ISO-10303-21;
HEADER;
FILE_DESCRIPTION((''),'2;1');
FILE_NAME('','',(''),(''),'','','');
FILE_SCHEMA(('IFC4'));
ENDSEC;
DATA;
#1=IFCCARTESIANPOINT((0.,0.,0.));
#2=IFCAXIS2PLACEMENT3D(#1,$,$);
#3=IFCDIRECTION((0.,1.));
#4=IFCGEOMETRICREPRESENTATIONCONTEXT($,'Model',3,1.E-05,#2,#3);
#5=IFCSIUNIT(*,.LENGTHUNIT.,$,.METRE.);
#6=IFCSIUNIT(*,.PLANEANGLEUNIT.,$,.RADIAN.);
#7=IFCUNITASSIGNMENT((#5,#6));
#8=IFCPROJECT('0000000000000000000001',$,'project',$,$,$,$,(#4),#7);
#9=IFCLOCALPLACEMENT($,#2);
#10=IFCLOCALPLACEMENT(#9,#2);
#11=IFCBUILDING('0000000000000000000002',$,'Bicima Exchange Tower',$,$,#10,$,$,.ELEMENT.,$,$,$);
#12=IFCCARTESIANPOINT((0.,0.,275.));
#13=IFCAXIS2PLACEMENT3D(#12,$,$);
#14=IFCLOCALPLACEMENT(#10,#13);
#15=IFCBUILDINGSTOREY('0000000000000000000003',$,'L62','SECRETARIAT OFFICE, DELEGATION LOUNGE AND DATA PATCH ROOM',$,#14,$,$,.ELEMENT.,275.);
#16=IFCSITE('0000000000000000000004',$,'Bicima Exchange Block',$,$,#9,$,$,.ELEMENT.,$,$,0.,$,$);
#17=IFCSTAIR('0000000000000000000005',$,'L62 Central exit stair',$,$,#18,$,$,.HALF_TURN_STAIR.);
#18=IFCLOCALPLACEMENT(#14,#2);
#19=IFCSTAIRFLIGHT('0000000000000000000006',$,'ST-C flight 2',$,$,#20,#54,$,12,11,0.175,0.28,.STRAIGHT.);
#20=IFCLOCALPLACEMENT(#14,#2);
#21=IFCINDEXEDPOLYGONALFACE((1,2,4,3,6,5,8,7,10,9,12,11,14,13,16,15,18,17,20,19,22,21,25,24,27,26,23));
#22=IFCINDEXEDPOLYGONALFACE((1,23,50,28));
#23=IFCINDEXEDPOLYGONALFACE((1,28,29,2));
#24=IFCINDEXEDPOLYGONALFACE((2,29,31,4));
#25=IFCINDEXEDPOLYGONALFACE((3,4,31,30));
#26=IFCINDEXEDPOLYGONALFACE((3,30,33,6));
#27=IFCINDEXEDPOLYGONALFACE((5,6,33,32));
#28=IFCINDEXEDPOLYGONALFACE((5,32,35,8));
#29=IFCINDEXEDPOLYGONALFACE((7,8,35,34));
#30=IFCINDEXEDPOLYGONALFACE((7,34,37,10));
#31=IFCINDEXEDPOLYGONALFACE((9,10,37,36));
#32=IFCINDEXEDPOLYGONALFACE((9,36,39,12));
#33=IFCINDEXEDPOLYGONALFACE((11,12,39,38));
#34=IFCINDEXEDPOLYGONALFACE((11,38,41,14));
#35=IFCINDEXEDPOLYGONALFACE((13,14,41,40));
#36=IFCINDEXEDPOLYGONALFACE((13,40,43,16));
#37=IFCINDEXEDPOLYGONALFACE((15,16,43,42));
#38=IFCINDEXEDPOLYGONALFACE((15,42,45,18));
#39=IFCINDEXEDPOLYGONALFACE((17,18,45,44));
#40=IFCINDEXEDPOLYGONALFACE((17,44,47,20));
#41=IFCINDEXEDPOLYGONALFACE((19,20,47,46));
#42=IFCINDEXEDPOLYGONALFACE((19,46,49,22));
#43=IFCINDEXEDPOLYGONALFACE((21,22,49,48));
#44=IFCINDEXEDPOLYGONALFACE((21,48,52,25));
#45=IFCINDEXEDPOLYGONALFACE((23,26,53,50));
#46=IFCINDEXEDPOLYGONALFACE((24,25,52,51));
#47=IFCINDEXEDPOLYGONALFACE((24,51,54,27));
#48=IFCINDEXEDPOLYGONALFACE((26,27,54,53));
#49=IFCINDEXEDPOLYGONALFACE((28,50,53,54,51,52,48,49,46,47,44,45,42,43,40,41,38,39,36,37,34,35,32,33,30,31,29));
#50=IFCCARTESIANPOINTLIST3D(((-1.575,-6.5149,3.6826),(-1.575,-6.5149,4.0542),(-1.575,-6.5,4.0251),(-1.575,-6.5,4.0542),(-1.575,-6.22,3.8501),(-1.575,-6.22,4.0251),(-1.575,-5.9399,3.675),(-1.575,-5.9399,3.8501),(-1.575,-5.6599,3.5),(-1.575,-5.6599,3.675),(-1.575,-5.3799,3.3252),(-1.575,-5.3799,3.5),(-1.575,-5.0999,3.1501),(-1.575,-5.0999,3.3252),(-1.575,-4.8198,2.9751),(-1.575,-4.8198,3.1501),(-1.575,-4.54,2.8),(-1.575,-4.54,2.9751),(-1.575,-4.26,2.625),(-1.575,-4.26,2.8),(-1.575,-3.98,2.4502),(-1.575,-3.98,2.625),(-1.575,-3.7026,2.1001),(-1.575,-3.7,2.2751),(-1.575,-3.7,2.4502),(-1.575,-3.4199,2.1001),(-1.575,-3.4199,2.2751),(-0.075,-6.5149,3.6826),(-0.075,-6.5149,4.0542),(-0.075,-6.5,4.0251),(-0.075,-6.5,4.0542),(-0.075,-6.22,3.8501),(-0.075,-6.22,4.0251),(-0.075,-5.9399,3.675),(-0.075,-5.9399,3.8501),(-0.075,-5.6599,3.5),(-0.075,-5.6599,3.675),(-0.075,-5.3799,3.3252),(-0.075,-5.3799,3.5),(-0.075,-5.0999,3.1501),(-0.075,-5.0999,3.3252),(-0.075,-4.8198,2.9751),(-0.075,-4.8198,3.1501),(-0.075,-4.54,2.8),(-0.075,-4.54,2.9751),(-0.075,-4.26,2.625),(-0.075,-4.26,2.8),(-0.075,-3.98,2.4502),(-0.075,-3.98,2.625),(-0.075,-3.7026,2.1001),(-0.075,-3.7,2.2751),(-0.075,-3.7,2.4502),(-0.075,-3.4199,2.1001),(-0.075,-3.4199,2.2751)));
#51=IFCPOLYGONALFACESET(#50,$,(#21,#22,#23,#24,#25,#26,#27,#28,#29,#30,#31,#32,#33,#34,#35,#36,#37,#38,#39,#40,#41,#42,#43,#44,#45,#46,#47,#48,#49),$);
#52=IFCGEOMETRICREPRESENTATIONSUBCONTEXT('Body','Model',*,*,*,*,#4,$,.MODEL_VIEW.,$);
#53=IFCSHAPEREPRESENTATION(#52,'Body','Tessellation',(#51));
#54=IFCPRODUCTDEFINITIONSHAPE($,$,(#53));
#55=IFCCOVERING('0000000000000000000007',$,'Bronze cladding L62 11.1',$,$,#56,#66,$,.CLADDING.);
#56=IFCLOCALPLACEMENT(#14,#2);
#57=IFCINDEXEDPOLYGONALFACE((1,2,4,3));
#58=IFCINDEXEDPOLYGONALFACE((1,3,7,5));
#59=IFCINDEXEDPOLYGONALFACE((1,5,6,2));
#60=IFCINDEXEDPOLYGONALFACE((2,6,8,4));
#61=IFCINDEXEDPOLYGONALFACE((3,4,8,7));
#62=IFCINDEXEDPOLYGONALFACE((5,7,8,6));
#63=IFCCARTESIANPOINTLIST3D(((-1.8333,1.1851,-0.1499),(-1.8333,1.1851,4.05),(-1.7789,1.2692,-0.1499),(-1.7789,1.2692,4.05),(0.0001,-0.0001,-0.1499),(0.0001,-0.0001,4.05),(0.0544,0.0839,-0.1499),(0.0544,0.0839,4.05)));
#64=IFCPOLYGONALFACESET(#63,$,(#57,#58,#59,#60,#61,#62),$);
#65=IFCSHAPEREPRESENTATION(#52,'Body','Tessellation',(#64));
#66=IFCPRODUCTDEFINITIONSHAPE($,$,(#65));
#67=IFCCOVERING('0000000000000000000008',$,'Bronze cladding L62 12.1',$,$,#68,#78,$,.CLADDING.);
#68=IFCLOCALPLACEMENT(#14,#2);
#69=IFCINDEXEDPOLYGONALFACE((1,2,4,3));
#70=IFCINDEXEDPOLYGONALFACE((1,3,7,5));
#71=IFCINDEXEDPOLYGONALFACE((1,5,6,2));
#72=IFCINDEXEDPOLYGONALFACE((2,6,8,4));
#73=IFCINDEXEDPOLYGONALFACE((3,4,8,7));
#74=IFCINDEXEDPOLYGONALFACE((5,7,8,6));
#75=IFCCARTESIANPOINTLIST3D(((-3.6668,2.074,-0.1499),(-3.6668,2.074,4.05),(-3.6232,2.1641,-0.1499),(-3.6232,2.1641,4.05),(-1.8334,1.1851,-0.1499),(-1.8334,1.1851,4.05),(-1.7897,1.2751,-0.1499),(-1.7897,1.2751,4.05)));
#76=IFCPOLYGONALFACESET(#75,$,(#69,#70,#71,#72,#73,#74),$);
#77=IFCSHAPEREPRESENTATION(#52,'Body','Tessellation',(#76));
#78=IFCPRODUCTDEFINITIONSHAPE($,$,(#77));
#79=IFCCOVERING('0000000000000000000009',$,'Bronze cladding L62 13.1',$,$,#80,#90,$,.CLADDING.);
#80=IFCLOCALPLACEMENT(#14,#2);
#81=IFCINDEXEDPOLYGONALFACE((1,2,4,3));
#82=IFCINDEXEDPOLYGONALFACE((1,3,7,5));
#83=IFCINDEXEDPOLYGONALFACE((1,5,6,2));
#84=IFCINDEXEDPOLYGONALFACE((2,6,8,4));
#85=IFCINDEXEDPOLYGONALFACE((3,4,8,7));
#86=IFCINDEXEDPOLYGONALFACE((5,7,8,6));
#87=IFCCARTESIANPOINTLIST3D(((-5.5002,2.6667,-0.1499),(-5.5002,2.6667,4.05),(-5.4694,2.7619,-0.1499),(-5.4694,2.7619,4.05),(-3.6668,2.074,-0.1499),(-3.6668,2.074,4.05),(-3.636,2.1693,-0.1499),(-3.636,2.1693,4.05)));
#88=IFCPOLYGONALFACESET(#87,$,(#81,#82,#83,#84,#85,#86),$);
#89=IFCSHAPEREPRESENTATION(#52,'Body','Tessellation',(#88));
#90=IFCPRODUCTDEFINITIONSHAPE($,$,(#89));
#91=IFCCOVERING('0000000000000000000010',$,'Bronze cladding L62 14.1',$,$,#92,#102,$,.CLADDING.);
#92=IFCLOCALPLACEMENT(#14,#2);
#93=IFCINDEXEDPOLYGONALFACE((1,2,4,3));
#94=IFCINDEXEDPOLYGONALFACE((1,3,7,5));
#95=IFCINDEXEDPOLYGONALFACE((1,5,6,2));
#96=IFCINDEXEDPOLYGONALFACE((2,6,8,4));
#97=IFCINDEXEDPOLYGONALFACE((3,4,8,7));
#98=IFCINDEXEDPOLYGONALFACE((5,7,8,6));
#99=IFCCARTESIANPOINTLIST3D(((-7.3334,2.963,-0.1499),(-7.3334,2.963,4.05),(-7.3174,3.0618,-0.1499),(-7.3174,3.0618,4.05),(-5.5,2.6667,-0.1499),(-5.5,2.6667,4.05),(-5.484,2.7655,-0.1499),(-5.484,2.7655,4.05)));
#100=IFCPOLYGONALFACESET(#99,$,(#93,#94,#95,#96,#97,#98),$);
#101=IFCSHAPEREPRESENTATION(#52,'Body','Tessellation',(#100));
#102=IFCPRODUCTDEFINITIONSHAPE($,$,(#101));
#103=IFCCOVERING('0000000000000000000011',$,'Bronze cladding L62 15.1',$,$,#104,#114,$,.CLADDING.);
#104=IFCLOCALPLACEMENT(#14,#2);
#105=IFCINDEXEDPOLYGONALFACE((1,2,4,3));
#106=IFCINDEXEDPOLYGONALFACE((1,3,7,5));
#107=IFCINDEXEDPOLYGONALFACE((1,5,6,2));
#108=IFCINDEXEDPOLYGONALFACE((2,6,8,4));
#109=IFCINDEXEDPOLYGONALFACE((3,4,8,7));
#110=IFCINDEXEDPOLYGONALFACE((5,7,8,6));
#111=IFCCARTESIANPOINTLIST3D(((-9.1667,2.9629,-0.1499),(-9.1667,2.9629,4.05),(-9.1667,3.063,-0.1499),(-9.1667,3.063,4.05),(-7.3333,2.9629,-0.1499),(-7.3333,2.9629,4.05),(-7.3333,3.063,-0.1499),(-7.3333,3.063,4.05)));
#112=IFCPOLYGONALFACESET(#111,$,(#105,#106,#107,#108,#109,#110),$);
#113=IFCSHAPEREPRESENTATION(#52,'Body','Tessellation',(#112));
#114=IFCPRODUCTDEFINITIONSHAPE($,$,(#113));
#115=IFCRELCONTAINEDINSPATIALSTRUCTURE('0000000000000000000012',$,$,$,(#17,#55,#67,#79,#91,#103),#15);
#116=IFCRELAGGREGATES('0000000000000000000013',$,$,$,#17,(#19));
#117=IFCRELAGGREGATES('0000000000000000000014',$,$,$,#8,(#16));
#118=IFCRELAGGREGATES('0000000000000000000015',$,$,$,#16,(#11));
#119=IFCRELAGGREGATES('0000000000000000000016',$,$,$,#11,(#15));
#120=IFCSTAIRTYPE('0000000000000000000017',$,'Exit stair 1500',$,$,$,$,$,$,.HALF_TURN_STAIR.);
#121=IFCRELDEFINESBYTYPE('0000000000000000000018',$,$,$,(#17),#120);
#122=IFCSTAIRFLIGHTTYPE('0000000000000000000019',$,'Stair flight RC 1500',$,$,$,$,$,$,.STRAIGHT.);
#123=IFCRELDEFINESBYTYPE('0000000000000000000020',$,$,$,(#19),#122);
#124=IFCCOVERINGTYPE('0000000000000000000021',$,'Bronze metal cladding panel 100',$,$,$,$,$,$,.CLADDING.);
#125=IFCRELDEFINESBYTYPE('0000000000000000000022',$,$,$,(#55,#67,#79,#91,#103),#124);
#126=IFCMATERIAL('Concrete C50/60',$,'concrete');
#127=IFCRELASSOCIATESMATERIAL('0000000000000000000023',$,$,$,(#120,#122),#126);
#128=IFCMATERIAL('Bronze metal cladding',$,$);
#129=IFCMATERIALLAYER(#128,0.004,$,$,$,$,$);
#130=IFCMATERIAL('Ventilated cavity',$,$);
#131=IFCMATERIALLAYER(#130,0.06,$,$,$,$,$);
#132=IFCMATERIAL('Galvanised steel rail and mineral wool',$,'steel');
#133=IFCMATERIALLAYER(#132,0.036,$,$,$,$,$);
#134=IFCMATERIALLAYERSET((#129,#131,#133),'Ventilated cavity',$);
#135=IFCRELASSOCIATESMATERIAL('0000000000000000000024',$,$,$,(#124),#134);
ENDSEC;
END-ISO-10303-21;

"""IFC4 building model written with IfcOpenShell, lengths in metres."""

from ifc_helpers import new_model, si_unit, direction, frame, origin, origin_2d, place, context, subcontext, project, spatial, polyline, rectangle, outline, extrude, material, layer, layer_set, type_object, element, aggregate, save


model = new_model("IFC4")

# Units and contexts
model_context = context("Model", 3, precision=1e-05, world=origin(), true_north=direction((0.0, 1.0)))
body_context = subcontext(model_context, "Body", "Model", "MODEL_VIEW")
ifc_project = project(units=[si_unit("LENGTHUNIT", "METRE"), si_unit("PLANEANGLEUNIT", "RADIAN")], contexts=[model_context])

# Site, building, storey
site_placement = place(None, origin())
site = spatial("IfcSite", under=ifc_project, at=site_placement, Name="Bicima Exchange Block", CompositionType="ELEMENT", RefElevation=0.0)
building_placement = place(site_placement, origin())
building = spatial("IfcBuilding", under=site, at=building_placement, Name="Bicima Exchange Tower", CompositionType="ELEMENT")
storey_placement = place(building_placement, frame((0.0, 0.0, 275.0)))
storey = spatial("IfcBuildingStorey", under=building, at=storey_placement, Name="L62", Description="SECRETARIAT OFFICE, DELEGATION LOUNGE AND DATA PATCH ROOM", CompositionType="ELEMENT", Elevation=275.0)

# Stair
ifc_material_1 = material(Name="Concrete C50/60", Category="concrete")
stair_type_1 = type_object("IfcStairType", Name="Exit stair 1500", PredefinedType="HALF_TURN_STAIR", material=ifc_material_1)
stair_1_placement = place(storey_placement, origin())
stair_1 = element("IfcStair", 1, at=stair_1_placement, inside=storey, type_object=stair_type_1, Name="L62 Central exit stair", PredefinedType="HALF_TURN_STAIR")

# Stair flight
stair_flight_type = type_object("IfcStairFlightType", Name="Stair flight RC 1500", PredefinedType="STRAIGHT", material=ifc_material_1)
stair_flight_placement = place(storey_placement, frame((-0.825, -3.4199, 2.1001), z_axis=(0.0, 0.0, 1.0), x_axis=(0.0, -1.0, 0.0)))
stair_flight = element("IfcStairFlight", 2, at=stair_flight_placement, type_object=stair_flight_type, Name="ST-C flight 2", NumberOfRisers=12, NumberOfTreads=11, PredefinedType="STRAIGHT", RiserHeight=0.175, TreadLength=0.28, context=body_context, shape_type="SweptSolid", body=[
    extrude(outline(polyline([(0.0, 0.0), (0.0, 0.175), (0.28, 0.175), (0.28, 0.3501), (0.5601, 0.3501), (0.5601, 0.5249), (0.8401, 0.5249), (0.8401, 0.7), (1.1201, 0.7), (1.1201, 0.875), (1.3999, 0.875), (1.3999, 1.05), (1.6799, 1.05), (1.6799, 1.2251), (1.96, 1.2251), (1.96, 1.3999), (2.24, 1.3999), (2.24, 1.575), (2.52, 1.575), (2.52, 1.75), (2.8, 1.75), (2.8, 1.925), (3.0801, 1.925), (3.0801, 1.9541), (3.095, 1.9541), (3.095, 1.5825), (0.2827, 0.0), (0.0, 0.0)])), frame((0.0, 0.75, 0.0), z_axis=(0.0, -1.0, 0.0), x_axis=(1.0, 0.0, 0.0)), (0.0, 0.0, 1.0), 1.5),
])
aggregate(stair_1, [stair_flight])

# Coverings
ifc_material_2 = material(Name="Bronze metal cladding")
ifc_layer_1 = layer(ifc_material_2, 0.004)
ifc_material_3 = material(Name="Ventilated cavity")
ifc_layer_2 = layer(ifc_material_3, 0.06)
ifc_material_4 = material(Name="Galvanised steel rail and mineral wool", Category="steel")
ifc_layer_3 = layer(ifc_material_4, 0.036)
ifc_layer_set_1 = layer_set([ifc_layer_1, ifc_layer_2, ifc_layer_3], Name="Ventilated cavity")
covering_type = type_object("IfcCoveringType", Name="Bronze metal cladding panel 100", PredefinedType="CLADDING", material=ifc_layer_set_1)
covering_1_placement = place(storey_placement, frame((-0.8894, 0.6345, -0.1499), z_axis=(0.0, 0.0, 1.0), x_axis=(-0.83979, 0.542911, 0.0)))
element("IfcCovering", 3, at=covering_1_placement, inside=storey, type_object=covering_type, Name="Bronze cladding L62 11.1", PredefinedType="CLADDING", context=body_context, shape_type="SweptSolid", body=[
    extrude(rectangle(XDim=2.1831, YDim=0.1001, at=origin_2d()), origin(), (0.0, 0.0, 1.0), 4.2),
])
covering_2_placement = place(storey_placement, frame((-2.7283, 1.6746, -0.1499), z_axis=(0.0, 0.0, 1.0), x_axis=(-0.899818, 0.436265, 0.0)))
element("IfcCovering", 4, at=covering_2_placement, inside=storey, type_object=covering_type, Name="Bronze cladding L62 12.1", PredefinedType="CLADDING", context=body_context, shape_type="SweptSolid", body=[
    extrude(rectangle(XDim=2.0376, YDim=0.1001, at=origin_2d()), origin(), (0.0, 0.0, 1.0), 4.2),
])
covering_3_placement = place(storey_placement, frame((-4.5681, 2.418, -0.1499), z_axis=(0.0, 0.0, 1.0), x_axis=(-0.951525, 0.307573, 0.0)))
element("IfcCovering", 5, at=covering_3_placement, inside=storey, type_object=covering_type, Name="Bronze cladding L62 13.1", PredefinedType="CLADDING", context=body_context, shape_type="SweptSolid", body=[
    extrude(rectangle(XDim=1.9268, YDim=0.1001, at=origin_2d()), origin(), (0.0, 0.0, 1.0), 4.2),
])
covering_4_placement = place(storey_placement, frame((-6.4087, 2.8643, -0.1499), z_axis=(0.0, 0.0, 1.0), x_axis=(-0.98719, 0.15955, 0.0)))
element("IfcCovering", 6, at=covering_4_placement, inside=storey, type_object=covering_type, Name="Bronze cladding L62 14.1", PredefinedType="CLADDING", context=body_context, shape_type="SweptSolid", body=[
    extrude(rectangle(XDim=1.8572, YDim=0.1001, at=origin_2d()), origin(), (0.0, 0.0, 1.0), 4.2),
])
covering_5_placement = place(storey_placement, frame((-8.25, 3.0129, -0.1499), z_axis=(0.0, 0.0, 1.0), x_axis=(-1.0, 0.0, 0.0)))
element("IfcCovering", 7, at=covering_5_placement, inside=storey, type_object=covering_type, Name="Bronze cladding L62 15.1", PredefinedType="CLADDING", context=body_context, shape_type="SweptSolid", body=[
    extrude(rectangle(XDim=1.8335, YDim=0.1001, at=origin_2d()), origin(), (0.0, 0.0, 1.0), 4.2),
])

save(model, "model.ifc")
